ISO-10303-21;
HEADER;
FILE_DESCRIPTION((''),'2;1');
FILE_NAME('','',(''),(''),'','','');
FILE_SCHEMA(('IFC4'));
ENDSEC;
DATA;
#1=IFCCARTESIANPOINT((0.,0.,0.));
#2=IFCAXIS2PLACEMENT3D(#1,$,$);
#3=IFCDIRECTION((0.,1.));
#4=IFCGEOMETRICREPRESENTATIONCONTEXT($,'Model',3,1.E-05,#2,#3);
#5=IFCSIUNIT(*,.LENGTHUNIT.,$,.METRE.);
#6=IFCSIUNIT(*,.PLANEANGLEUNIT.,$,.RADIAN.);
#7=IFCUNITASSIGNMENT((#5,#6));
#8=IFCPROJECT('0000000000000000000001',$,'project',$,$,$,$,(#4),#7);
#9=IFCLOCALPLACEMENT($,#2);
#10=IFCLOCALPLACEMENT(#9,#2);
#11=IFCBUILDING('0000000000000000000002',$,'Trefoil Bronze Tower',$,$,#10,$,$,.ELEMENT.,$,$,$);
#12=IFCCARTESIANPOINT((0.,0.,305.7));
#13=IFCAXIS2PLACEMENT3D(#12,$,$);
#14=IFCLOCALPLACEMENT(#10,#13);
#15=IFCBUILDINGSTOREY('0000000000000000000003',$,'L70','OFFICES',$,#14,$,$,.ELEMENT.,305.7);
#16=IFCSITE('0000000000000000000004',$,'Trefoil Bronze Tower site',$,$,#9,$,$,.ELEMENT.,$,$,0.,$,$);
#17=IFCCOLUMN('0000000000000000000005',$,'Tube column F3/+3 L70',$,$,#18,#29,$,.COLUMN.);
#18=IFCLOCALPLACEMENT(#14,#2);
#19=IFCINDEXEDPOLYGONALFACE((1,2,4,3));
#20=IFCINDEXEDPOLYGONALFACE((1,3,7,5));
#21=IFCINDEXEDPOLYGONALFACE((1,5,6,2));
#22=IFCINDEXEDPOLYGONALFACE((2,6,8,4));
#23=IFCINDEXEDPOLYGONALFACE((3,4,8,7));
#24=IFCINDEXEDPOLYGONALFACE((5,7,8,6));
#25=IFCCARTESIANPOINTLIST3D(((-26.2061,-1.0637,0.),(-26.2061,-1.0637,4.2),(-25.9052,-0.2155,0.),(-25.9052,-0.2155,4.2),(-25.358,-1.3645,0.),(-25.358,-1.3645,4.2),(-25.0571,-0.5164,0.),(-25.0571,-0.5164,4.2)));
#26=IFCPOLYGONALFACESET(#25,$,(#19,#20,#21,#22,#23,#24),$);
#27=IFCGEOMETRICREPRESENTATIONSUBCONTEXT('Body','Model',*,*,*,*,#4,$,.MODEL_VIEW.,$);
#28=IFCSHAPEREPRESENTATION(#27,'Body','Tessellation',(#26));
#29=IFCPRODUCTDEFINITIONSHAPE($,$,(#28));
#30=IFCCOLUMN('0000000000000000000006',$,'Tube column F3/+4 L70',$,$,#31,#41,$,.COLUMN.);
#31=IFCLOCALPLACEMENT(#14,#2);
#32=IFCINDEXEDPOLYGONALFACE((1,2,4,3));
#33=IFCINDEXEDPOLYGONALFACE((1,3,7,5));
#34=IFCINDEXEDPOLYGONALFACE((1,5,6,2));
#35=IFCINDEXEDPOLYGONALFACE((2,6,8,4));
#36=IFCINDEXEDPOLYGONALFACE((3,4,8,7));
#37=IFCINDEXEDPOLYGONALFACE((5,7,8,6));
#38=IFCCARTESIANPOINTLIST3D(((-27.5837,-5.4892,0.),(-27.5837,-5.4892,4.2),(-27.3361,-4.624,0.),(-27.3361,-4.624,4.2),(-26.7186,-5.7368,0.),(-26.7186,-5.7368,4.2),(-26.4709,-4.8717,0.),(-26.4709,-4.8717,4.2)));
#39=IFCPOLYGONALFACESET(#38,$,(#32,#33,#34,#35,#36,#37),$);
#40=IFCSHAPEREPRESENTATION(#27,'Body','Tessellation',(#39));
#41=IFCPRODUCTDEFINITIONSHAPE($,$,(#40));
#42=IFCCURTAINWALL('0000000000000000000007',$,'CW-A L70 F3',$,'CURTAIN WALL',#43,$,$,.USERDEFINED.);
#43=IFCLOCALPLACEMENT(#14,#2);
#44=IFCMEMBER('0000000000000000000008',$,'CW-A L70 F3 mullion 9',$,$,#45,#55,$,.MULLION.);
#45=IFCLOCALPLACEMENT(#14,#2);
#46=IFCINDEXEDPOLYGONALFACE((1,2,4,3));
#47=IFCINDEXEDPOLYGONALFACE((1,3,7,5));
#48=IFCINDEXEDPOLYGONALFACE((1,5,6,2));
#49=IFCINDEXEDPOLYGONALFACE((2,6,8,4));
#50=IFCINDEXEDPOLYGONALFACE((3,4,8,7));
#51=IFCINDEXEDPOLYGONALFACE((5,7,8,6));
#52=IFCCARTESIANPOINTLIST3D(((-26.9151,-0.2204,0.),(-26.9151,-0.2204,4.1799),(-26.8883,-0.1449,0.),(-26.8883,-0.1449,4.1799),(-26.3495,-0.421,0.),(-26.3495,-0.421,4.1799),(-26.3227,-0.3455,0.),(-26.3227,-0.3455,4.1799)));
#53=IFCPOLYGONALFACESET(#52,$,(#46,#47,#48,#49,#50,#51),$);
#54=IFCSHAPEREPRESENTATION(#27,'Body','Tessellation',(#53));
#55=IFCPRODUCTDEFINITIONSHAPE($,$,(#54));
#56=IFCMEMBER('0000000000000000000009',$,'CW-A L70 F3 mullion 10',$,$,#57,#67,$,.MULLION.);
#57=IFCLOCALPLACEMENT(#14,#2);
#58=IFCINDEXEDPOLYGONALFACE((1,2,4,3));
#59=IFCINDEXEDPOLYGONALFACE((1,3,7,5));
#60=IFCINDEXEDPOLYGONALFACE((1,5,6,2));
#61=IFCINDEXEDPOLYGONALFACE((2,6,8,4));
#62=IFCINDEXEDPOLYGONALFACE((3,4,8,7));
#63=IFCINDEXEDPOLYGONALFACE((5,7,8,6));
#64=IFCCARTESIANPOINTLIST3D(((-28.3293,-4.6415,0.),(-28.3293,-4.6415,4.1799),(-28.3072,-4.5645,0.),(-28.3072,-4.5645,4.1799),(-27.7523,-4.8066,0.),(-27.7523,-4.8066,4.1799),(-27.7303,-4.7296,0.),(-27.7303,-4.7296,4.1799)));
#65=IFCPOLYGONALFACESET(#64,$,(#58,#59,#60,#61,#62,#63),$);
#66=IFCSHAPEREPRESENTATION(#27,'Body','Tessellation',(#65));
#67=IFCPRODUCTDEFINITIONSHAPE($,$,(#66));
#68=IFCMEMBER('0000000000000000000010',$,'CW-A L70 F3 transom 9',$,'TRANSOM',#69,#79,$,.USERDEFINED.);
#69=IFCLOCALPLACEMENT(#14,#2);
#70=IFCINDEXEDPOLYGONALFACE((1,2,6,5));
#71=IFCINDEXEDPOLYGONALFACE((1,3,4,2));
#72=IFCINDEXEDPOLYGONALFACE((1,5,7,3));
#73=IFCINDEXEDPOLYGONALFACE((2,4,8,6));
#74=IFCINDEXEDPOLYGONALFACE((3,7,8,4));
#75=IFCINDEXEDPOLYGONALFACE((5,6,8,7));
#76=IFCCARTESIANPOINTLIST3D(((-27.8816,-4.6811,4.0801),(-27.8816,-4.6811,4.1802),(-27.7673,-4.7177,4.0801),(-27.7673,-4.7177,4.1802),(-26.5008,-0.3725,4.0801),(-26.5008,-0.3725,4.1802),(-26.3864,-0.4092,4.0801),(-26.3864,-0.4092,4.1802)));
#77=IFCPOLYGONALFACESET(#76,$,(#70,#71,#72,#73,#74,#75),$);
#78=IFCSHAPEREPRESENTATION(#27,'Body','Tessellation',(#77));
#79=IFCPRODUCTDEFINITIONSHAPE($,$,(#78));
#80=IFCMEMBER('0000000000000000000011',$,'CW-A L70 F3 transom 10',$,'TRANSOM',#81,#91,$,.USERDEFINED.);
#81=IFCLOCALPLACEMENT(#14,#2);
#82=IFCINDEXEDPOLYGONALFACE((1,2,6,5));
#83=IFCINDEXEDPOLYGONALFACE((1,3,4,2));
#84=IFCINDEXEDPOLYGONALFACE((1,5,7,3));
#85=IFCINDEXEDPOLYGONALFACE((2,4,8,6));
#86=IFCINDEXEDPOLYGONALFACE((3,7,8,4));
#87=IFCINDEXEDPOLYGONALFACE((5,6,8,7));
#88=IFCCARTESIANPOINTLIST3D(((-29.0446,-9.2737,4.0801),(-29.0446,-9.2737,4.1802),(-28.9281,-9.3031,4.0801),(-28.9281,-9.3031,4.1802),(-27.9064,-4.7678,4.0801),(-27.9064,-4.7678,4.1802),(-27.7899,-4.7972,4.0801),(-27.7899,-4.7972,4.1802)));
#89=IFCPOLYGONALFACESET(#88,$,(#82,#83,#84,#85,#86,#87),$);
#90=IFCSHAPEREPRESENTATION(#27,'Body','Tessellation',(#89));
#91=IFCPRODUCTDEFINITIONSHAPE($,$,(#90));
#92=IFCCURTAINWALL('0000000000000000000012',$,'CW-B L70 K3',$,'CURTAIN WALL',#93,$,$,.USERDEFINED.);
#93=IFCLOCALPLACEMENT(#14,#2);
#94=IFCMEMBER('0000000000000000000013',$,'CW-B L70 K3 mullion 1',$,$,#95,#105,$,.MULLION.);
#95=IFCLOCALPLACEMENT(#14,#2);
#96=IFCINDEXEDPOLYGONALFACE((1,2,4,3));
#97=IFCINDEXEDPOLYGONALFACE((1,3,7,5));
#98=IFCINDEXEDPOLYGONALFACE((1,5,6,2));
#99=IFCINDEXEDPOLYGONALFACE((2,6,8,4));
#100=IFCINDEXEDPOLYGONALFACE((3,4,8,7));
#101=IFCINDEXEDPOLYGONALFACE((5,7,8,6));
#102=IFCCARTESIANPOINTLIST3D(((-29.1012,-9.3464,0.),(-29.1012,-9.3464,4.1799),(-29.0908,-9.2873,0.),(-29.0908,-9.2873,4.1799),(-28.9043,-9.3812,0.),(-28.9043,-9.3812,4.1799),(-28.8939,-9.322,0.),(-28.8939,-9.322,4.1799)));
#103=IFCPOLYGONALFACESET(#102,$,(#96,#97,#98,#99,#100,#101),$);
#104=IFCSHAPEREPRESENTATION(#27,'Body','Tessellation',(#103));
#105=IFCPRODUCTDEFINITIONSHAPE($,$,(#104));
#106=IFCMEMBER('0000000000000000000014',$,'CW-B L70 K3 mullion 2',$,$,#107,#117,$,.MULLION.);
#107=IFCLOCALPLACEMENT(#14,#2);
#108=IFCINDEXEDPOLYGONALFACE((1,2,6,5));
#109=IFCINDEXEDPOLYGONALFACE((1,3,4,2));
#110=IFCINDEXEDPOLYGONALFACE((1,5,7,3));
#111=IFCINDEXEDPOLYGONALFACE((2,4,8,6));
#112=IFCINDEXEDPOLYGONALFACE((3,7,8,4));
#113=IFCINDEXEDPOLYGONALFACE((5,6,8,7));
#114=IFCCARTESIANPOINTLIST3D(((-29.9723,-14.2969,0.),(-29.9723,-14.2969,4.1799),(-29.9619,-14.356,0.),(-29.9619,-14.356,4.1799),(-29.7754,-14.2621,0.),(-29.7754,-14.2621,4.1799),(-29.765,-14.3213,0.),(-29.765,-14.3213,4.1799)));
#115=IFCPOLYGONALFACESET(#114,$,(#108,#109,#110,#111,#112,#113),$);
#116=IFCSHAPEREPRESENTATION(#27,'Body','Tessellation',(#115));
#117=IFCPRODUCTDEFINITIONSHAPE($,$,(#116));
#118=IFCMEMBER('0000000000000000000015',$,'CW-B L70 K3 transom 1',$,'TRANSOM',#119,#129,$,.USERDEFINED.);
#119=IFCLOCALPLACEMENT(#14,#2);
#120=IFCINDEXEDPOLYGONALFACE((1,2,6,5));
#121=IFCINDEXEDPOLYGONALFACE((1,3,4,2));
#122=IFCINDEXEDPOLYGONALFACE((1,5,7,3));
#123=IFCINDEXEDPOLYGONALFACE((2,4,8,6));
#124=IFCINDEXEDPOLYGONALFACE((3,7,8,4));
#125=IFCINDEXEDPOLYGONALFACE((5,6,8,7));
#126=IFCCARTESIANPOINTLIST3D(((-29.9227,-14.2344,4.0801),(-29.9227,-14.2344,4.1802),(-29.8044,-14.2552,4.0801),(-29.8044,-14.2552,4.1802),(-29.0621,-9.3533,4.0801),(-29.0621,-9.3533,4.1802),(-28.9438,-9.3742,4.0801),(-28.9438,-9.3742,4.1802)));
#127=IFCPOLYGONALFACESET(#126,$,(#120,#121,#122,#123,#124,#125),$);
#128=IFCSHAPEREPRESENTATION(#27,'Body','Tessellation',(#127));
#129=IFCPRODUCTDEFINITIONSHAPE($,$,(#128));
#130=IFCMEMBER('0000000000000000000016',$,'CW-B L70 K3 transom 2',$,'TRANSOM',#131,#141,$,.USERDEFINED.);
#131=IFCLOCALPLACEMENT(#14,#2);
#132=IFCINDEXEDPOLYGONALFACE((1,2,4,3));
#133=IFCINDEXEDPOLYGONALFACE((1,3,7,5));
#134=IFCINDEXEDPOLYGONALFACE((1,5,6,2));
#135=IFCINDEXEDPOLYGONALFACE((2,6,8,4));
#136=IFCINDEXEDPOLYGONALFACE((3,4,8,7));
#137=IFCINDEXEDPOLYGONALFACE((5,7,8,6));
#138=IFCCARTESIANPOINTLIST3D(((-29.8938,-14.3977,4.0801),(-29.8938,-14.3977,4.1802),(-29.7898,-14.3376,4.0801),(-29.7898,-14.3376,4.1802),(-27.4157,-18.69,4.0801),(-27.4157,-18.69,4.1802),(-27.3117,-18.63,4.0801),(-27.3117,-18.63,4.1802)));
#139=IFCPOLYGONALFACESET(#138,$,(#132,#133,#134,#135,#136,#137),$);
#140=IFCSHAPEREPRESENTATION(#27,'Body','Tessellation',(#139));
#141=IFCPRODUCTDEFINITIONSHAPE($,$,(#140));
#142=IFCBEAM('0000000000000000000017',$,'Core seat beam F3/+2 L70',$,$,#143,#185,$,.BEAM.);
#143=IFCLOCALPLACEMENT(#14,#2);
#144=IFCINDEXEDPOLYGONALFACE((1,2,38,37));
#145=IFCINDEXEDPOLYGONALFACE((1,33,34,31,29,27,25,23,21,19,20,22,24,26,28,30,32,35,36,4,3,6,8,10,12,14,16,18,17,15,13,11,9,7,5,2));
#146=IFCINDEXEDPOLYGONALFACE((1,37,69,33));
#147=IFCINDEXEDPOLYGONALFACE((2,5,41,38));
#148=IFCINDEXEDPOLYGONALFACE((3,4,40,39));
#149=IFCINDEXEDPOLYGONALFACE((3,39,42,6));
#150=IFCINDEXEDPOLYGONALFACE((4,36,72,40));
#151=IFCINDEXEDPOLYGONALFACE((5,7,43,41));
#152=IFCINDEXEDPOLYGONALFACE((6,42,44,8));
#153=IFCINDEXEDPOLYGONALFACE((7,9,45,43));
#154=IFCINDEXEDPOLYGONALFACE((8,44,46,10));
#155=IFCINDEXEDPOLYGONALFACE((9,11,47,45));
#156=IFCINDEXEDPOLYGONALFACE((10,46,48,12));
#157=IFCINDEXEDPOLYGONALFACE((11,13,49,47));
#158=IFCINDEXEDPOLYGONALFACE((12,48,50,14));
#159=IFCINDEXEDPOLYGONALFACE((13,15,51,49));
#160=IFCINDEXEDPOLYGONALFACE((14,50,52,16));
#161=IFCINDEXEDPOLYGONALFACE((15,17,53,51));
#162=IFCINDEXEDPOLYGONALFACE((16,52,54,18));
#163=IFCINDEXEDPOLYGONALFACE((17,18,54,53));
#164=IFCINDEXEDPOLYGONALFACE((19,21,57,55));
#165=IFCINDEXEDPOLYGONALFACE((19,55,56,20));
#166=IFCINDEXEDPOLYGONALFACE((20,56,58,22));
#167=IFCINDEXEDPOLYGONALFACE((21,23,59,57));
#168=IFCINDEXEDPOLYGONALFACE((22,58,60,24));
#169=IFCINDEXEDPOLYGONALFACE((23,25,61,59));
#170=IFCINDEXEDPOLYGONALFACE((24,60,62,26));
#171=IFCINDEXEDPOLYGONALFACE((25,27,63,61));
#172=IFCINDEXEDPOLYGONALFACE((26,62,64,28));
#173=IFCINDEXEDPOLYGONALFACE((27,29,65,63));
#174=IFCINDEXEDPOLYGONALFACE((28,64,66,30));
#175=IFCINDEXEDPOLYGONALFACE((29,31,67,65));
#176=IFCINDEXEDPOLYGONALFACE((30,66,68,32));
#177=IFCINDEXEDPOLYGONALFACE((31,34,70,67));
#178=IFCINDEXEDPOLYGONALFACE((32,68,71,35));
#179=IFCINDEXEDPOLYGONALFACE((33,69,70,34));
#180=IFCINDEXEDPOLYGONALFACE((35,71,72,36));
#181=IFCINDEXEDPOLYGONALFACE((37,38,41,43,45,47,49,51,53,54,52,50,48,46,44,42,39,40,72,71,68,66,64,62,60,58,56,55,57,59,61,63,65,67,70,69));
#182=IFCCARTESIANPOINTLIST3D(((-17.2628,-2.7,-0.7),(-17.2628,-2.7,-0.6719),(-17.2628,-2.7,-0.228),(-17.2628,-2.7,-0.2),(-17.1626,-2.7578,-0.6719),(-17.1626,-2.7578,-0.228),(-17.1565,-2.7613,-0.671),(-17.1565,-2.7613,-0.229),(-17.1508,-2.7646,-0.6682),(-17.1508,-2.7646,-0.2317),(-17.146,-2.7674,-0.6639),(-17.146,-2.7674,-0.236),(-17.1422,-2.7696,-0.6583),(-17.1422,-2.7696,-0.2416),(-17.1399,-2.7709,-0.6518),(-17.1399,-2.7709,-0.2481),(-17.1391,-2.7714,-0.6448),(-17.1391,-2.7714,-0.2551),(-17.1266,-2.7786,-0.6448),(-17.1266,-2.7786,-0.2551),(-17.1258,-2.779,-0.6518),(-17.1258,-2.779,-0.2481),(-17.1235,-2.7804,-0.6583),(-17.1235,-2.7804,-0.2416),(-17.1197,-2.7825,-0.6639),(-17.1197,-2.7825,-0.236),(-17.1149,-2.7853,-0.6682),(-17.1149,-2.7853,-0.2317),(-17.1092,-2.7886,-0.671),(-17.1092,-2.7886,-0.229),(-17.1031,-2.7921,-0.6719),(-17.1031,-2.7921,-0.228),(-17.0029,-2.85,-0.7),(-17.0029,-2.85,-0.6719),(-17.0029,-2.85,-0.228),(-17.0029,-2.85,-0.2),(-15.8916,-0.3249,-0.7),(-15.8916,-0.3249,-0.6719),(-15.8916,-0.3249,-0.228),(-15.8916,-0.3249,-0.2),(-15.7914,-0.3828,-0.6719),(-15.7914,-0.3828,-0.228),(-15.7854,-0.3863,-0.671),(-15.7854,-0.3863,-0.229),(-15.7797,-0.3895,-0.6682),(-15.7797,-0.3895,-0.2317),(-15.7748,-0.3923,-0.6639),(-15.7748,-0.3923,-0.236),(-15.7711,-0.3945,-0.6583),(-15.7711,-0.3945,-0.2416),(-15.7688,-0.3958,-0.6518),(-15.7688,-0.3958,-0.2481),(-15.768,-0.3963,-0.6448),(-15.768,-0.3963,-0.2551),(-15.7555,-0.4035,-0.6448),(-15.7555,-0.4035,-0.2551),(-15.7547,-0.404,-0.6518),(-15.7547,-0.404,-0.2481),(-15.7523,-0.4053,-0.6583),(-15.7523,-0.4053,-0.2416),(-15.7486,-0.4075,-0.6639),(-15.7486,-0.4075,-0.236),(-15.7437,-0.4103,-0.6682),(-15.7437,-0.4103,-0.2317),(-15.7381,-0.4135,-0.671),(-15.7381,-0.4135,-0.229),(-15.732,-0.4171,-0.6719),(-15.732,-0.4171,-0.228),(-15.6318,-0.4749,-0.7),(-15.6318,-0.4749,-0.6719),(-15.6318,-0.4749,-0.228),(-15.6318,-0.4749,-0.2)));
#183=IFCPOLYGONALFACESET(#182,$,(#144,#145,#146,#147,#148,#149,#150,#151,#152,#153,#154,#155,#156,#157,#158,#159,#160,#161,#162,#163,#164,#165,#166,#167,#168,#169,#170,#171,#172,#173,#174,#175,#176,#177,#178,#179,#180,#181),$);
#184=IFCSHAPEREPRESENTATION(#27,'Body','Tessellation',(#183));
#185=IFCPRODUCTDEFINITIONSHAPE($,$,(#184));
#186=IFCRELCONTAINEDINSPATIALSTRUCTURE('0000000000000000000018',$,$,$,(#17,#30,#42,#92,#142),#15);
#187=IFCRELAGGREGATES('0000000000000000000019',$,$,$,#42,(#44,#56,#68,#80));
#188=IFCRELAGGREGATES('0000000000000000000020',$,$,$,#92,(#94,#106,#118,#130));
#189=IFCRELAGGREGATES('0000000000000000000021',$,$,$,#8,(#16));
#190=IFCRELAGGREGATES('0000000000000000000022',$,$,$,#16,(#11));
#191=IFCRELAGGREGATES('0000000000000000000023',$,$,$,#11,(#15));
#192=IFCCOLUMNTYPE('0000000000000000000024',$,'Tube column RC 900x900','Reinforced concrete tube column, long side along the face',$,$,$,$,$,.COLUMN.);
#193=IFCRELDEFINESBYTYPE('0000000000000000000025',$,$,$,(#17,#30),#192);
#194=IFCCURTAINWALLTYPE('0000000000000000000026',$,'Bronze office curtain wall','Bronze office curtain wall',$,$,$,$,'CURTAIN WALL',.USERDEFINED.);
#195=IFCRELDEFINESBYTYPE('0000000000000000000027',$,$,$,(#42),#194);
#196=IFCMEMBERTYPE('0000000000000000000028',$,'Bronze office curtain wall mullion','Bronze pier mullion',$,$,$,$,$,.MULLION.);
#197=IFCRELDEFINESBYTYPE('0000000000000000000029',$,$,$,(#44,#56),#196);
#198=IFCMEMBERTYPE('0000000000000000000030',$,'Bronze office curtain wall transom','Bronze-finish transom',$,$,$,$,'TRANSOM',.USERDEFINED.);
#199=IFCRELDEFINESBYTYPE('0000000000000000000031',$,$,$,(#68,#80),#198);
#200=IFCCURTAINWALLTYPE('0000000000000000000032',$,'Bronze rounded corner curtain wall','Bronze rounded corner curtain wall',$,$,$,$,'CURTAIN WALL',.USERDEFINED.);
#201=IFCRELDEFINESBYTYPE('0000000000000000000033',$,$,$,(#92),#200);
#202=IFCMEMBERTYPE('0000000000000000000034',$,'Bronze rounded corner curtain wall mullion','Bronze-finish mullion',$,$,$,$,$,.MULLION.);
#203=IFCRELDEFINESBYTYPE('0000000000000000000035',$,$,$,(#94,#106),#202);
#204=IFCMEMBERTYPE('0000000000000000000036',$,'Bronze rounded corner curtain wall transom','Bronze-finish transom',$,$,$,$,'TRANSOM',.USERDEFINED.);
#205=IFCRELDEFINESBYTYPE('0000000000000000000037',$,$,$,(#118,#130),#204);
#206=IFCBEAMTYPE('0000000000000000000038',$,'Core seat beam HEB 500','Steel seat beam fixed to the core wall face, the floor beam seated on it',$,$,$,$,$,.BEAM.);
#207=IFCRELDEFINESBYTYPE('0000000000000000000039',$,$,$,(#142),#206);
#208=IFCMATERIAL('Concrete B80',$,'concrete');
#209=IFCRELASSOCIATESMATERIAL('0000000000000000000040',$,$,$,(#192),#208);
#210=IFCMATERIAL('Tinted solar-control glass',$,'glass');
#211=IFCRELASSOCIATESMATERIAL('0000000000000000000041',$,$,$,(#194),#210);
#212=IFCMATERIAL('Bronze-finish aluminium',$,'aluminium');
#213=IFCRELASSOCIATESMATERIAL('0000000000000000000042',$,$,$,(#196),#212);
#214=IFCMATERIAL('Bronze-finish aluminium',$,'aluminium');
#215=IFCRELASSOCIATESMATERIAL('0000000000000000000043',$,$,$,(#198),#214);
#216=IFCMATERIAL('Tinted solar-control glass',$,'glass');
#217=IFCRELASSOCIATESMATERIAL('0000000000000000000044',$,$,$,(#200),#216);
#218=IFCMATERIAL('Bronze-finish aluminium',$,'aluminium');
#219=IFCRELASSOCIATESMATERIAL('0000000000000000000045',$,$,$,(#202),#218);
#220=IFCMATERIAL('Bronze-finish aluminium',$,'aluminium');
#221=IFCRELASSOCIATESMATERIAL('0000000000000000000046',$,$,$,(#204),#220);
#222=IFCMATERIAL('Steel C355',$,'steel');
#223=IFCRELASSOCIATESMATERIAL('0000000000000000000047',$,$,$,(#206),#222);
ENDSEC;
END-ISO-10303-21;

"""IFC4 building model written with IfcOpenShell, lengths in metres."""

from ifc_helpers import new_model, si_unit, direction, frame, origin, origin_2d, place, context, subcontext, project, spatial, rectangle, i_section, extrude, material, material_profile, profile_set, type_object, element, aggregate, save


model = new_model("IFC4")

# Units and contexts
model_context = context("Model", 3, precision=1e-05, world=origin(), true_north=direction((0.0, 1.0)))
body_context = subcontext(model_context, "Body", "Model", "MODEL_VIEW")
ifc_project = project(units=[si_unit("LENGTHUNIT", "METRE"), si_unit("PLANEANGLEUNIT", "RADIAN")], contexts=[model_context])

# Site, building, storey
site_placement = place(None, origin())
site = spatial("IfcSite", under=ifc_project, at=site_placement, Name="Trefoil Bronze Tower site", CompositionType="ELEMENT", RefElevation=0.0)
building_placement = place(site_placement, origin())
building = spatial("IfcBuilding", under=site, at=building_placement, Name="Trefoil Bronze Tower", CompositionType="ELEMENT")
storey_placement = place(building_placement, frame((0.0, 0.0, 305.7)))
storey = spatial("IfcBuildingStorey", under=building, at=storey_placement, Name="L70", Description="OFFICES", CompositionType="ELEMENT", Elevation=305.7)

# Columns
ifc_material_1 = material(Name="Concrete B80", Category="concrete")
ifc_material_profile_1 = material_profile(ifc_material_1, rectangle(XDim=0.8999, YDim=0.8999, at=origin_2d()), Name="RC 900x900")
ifc_profile_set_1 = profile_set([ifc_material_profile_1], Name="Concrete B80")
column_type = type_object("IfcColumnType", Name="Tube column RC 900x900", Description="Reinforced concrete tube column, long side along the face", PredefinedType="COLUMN", material=ifc_profile_set_1)
for number, where, z_axis, x_axis, name in (
    (1, (-25.6316, -0.79, 0.0), (0.0, 0.0, 1.0), (-0.334352, -0.942448, 0.0), "Tube column F3/+3 L70"),
    (2, (-27.0273, -5.1804, 0.0), (0.0, 0.0, 1.0), (-0.275169, -0.961396, 0.0), "Tube column F3/+4 L70"),
):
    element("IfcColumn", number, at=place(storey_placement, frame(where, z_axis=z_axis, x_axis=x_axis)), inside=storey, type_object=column_type, Name=name, PredefinedType="COLUMN", context=body_context, shape_type="SweptSolid", body=[
        extrude(rectangle(XDim=0.8999, YDim=0.8999, at=origin_2d()), origin(), (0.0, 0.0, 1.0), 4.2),
    ])

# Curtain walls, members
ifc_material_2 = material(Name="Tinted solar-control glass", Category="glass")
curtain_wall_type_1 = type_object("IfcCurtainWallType", Name="Bronze office curtain wall", Description="Bronze office curtain wall", ElementType="CURTAIN WALL", PredefinedType="USERDEFINED", material=ifc_material_2)
curtain_wall_1_placement = place(storey_placement, origin())
curtain_wall_1 = element("IfcCurtainWall", 3, at=curtain_wall_1_placement, inside=storey, type_object=curtain_wall_type_1, Name="CW-A L70 F3", ObjectType="CURTAIN WALL", PredefinedType="USERDEFINED")
ifc_material_3 = material(Name="Bronze-finish aluminium", Category="aluminium")
ifc_material_profile_2 = material_profile(ifc_material_3, rectangle(XDim=0.6001, YDim=0.0801, at=origin_2d()), Name="CW-A mullion")
ifc_profile_set_2 = profile_set([ifc_material_profile_2], Name="Bronze-finish aluminium")
member_type_1 = type_object("IfcMemberType", Name="Bronze office curtain wall mullion", Description="Bronze pier mullion", PredefinedType="MULLION", material=ifc_profile_set_2)
member_1_placement = place(storey_placement, frame((-26.6189, -0.283, 0.0), z_axis=(0.0, 0.0, 1.0), x_axis=(0.942448, -0.334352, 0.0)))
member_1 = element("IfcMember", 4, at=member_1_placement, type_object=member_type_1, Name="CW-A L70 F3 mullion 9", PredefinedType="MULLION", context=body_context, shape_type="SweptSolid", body=[
    extrude(rectangle(XDim=0.6001, YDim=0.0801, at=origin_2d()), origin(), (0.0, 0.0, 1.0), 4.1799),
])
member_2_placement = place(storey_placement, frame((-28.0298, -4.6855, 0.0), z_axis=(0.0, 0.0, 1.0), x_axis=(0.961396, -0.275169, 0.0)))
member_2 = element("IfcMember", 5, at=member_2_placement, type_object=member_type_1, Name="CW-A L70 F3 mullion 10", PredefinedType="MULLION", context=body_context, shape_type="SweptSolid", body=[
    extrude(rectangle(XDim=0.6001, YDim=0.0801, at=origin_2d()), origin(), (0.0, 0.0, 1.0), 4.1799),
])
ifc_material_4 = material(Name="Bronze-finish aluminium", Category="aluminium")
ifc_material_profile_3 = material_profile(ifc_material_4, rectangle(XDim=0.1201, YDim=0.1001, at=origin_2d()), Name="CW-A transom")
ifc_profile_set_3 = profile_set([ifc_material_profile_3], Name="Bronze-finish aluminium")
member_type_2 = type_object("IfcMemberType", Name="Bronze office curtain wall transom", Description="Bronze-finish transom", ElementType="TRANSOM", PredefinedType="USERDEFINED", material=ifc_profile_set_3)
member_3_placement = place(storey_placement, frame((-26.4436, -0.3909, 4.1301), z_axis=(-0.305199, -0.952289, 0.0), x_axis=(0.952289, -0.305199, 0.0)))
member_3 = element("IfcMember", 6, at=member_3_placement, type_object=member_type_2, Name="CW-A L70 F3 transom 9", ObjectType="TRANSOM", PredefinedType="USERDEFINED", context=body_context, shape_type="SweptSolid", body=[
    extrude(rectangle(XDim=0.1201, YDim=0.1001, at=origin_2d()), origin(), (0.0, 0.0, 1.0), 4.5244),
])
member_4_placement = place(storey_placement, frame((-27.8481, -4.7825, 4.1301), z_axis=(-0.244908, -0.969546, 0.0), x_axis=(0.969546, -0.244908, 0.0)))
member_4 = element("IfcMember", 7, at=member_4_placement, type_object=member_type_2, Name="CW-A L70 F3 transom 10", ObjectType="TRANSOM", PredefinedType="USERDEFINED", context=body_context, shape_type="SweptSolid", body=[
    extrude(rectangle(XDim=0.1201, YDim=0.1001, at=origin_2d()), origin(), (0.0, 0.0, 1.0), 4.6475),
])
ifc_material_5 = material(Name="Tinted solar-control glass", Category="glass")
curtain_wall_type_2 = type_object("IfcCurtainWallType", Name="Bronze rounded corner curtain wall", Description="Bronze rounded corner curtain wall", ElementType="CURTAIN WALL", PredefinedType="USERDEFINED", material=ifc_material_5)
curtain_wall_2_placement = place(storey_placement, origin())
curtain_wall_2 = element("IfcCurtainWall", 8, at=curtain_wall_2_placement, inside=storey, type_object=curtain_wall_type_2, Name="CW-B L70 K3", ObjectType="CURTAIN WALL", PredefinedType="USERDEFINED")
ifc_material_6 = material(Name="Bronze-finish aluminium", Category="aluminium")
ifc_material_profile_4 = material_profile(ifc_material_6, rectangle(XDim=0.2, YDim=0.0601, at=origin_2d()), Name="CW-B mullion")
ifc_profile_set_4 = profile_set([ifc_material_profile_4], Name="Bronze-finish aluminium")
member_type_3 = type_object("IfcMemberType", Name="Bronze rounded corner curtain wall mullion", Description="Bronze-finish mullion", PredefinedType="MULLION", material=ifc_profile_set_4)
member_5_placement = place(storey_placement, frame((-28.9976, -9.3342, 0.0), z_axis=(0.0, 0.0, 1.0), x_axis=(0.984808, -0.173648, 0.0)))
member_5 = element("IfcMember", 9, at=member_5_placement, type_object=member_type_3, Name="CW-B L70 K3 mullion 1", PredefinedType="MULLION", context=body_context, shape_type="SweptSolid", body=[
    extrude(rectangle(XDim=0.2, YDim=0.0601, at=origin_2d()), origin(), (0.0, 0.0, 1.0), 4.1799),
])
member_6_placement = place(storey_placement, frame((-29.8687, -14.3091, 0.0), z_axis=(0.0, 0.0, 1.0), x_axis=(0.984808, 0.173648, 0.0)))
member_6 = element("IfcMember", 10, at=member_6_placement, type_object=member_type_3, Name="CW-B L70 K3 mullion 2", PredefinedType="MULLION", context=body_context, shape_type="SweptSolid", body=[
    extrude(rectangle(XDim=0.2, YDim=0.0601, at=origin_2d()), origin(), (0.0, 0.0, 1.0), 4.1799),
])
ifc_material_7 = material(Name="Bronze-finish aluminium", Category="aluminium")
ifc_material_profile_5 = material_profile(ifc_material_7, rectangle(XDim=0.1201, YDim=0.1001, at=origin_2d()), Name="CW-B transom")
ifc_profile_set_5 = profile_set([ifc_material_profile_5], Name="Bronze-finish aluminium")
member_type_4 = type_object("IfcMemberType", Name="Bronze rounded corner curtain wall transom", Description="Bronze-finish transom", ElementType="TRANSOM", PredefinedType="USERDEFINED", material=ifc_profile_set_5)
member_7_placement = place(storey_placement, frame((-29.0029, -9.3638, 4.1301), z_axis=(-0.173634, -0.98481, 0.0), x_axis=(0.98481, -0.173634, 0.0)))
member_7 = element("IfcMember", 11, at=member_7_placement, type_object=member_type_4, Name="CW-B L70 K3 transom 1", ObjectType="TRANSOM", PredefinedType="USERDEFINED", context=body_context, shape_type="SweptSolid", body=[
    extrude(rectangle(XDim=0.1201, YDim=0.1001, at=origin_2d()), origin(), (0.0, 0.0, 1.0), 4.9563),
])
member_8_placement = place(storey_placement, frame((-29.8418, -14.3677, 4.1301), z_axis=(0.499985, -0.866034, 0.0), x_axis=(0.866034, 0.499985, 0.0)))
member_8 = element("IfcMember", 12, at=member_8_placement, type_object=member_type_4, Name="CW-B L70 K3 transom 2", ObjectType="TRANSOM", PredefinedType="USERDEFINED", context=body_context, shape_type="SweptSolid", body=[
    extrude(rectangle(XDim=0.1201, YDim=0.1001, at=origin_2d()), origin(), (0.0, 0.0, 1.0), 4.9563),
])

# Beam
ifc_material_8 = material(Name="Steel C355", Category="steel")
ifc_material_profile_6 = material_profile(ifc_material_8, i_section(OverallWidth=0.3, OverallDepth=0.5, WebThickness=0.0144, FlangeThickness=0.0281, FilletRadius=0.0271, at=origin_2d()), Name="HEB 500")
ifc_profile_set_6 = profile_set([ifc_material_profile_6], Name="Steel C355")
beam_type_1 = type_object("IfcBeamType", Name="Core seat beam HEB 500", Description="Steel seat beam fixed to the core wall face, the floor beam seated on it", PredefinedType="BEAM", material=ifc_profile_set_6)
beam_1_placement = place(storey_placement, frame((-15.7617, -0.3999, -0.45), z_axis=(-0.499969, -0.866043, 0.0), x_axis=(0.866043, -0.499969, 0.0)))
element("IfcBeam", 13, at=beam_1_placement, inside=storey, type_object=beam_type_1, Name="Core seat beam F3/+2 L70", PredefinedType="BEAM", context=body_context, shape_type="SweptSolid", body=[
    extrude(i_section(OverallWidth=0.3, OverallDepth=0.5, WebThickness=0.0144, FlangeThickness=0.0281, FilletRadius=0.0271, at=origin_2d()), origin(), (0.0, 0.0, 1.0), 2.7424),
])

aggregate(curtain_wall_1, [member_1, member_2, member_3, member_4])
aggregate(curtain_wall_2, [member_5, member_6, member_7, member_8])

save(model, "model.ifc")
